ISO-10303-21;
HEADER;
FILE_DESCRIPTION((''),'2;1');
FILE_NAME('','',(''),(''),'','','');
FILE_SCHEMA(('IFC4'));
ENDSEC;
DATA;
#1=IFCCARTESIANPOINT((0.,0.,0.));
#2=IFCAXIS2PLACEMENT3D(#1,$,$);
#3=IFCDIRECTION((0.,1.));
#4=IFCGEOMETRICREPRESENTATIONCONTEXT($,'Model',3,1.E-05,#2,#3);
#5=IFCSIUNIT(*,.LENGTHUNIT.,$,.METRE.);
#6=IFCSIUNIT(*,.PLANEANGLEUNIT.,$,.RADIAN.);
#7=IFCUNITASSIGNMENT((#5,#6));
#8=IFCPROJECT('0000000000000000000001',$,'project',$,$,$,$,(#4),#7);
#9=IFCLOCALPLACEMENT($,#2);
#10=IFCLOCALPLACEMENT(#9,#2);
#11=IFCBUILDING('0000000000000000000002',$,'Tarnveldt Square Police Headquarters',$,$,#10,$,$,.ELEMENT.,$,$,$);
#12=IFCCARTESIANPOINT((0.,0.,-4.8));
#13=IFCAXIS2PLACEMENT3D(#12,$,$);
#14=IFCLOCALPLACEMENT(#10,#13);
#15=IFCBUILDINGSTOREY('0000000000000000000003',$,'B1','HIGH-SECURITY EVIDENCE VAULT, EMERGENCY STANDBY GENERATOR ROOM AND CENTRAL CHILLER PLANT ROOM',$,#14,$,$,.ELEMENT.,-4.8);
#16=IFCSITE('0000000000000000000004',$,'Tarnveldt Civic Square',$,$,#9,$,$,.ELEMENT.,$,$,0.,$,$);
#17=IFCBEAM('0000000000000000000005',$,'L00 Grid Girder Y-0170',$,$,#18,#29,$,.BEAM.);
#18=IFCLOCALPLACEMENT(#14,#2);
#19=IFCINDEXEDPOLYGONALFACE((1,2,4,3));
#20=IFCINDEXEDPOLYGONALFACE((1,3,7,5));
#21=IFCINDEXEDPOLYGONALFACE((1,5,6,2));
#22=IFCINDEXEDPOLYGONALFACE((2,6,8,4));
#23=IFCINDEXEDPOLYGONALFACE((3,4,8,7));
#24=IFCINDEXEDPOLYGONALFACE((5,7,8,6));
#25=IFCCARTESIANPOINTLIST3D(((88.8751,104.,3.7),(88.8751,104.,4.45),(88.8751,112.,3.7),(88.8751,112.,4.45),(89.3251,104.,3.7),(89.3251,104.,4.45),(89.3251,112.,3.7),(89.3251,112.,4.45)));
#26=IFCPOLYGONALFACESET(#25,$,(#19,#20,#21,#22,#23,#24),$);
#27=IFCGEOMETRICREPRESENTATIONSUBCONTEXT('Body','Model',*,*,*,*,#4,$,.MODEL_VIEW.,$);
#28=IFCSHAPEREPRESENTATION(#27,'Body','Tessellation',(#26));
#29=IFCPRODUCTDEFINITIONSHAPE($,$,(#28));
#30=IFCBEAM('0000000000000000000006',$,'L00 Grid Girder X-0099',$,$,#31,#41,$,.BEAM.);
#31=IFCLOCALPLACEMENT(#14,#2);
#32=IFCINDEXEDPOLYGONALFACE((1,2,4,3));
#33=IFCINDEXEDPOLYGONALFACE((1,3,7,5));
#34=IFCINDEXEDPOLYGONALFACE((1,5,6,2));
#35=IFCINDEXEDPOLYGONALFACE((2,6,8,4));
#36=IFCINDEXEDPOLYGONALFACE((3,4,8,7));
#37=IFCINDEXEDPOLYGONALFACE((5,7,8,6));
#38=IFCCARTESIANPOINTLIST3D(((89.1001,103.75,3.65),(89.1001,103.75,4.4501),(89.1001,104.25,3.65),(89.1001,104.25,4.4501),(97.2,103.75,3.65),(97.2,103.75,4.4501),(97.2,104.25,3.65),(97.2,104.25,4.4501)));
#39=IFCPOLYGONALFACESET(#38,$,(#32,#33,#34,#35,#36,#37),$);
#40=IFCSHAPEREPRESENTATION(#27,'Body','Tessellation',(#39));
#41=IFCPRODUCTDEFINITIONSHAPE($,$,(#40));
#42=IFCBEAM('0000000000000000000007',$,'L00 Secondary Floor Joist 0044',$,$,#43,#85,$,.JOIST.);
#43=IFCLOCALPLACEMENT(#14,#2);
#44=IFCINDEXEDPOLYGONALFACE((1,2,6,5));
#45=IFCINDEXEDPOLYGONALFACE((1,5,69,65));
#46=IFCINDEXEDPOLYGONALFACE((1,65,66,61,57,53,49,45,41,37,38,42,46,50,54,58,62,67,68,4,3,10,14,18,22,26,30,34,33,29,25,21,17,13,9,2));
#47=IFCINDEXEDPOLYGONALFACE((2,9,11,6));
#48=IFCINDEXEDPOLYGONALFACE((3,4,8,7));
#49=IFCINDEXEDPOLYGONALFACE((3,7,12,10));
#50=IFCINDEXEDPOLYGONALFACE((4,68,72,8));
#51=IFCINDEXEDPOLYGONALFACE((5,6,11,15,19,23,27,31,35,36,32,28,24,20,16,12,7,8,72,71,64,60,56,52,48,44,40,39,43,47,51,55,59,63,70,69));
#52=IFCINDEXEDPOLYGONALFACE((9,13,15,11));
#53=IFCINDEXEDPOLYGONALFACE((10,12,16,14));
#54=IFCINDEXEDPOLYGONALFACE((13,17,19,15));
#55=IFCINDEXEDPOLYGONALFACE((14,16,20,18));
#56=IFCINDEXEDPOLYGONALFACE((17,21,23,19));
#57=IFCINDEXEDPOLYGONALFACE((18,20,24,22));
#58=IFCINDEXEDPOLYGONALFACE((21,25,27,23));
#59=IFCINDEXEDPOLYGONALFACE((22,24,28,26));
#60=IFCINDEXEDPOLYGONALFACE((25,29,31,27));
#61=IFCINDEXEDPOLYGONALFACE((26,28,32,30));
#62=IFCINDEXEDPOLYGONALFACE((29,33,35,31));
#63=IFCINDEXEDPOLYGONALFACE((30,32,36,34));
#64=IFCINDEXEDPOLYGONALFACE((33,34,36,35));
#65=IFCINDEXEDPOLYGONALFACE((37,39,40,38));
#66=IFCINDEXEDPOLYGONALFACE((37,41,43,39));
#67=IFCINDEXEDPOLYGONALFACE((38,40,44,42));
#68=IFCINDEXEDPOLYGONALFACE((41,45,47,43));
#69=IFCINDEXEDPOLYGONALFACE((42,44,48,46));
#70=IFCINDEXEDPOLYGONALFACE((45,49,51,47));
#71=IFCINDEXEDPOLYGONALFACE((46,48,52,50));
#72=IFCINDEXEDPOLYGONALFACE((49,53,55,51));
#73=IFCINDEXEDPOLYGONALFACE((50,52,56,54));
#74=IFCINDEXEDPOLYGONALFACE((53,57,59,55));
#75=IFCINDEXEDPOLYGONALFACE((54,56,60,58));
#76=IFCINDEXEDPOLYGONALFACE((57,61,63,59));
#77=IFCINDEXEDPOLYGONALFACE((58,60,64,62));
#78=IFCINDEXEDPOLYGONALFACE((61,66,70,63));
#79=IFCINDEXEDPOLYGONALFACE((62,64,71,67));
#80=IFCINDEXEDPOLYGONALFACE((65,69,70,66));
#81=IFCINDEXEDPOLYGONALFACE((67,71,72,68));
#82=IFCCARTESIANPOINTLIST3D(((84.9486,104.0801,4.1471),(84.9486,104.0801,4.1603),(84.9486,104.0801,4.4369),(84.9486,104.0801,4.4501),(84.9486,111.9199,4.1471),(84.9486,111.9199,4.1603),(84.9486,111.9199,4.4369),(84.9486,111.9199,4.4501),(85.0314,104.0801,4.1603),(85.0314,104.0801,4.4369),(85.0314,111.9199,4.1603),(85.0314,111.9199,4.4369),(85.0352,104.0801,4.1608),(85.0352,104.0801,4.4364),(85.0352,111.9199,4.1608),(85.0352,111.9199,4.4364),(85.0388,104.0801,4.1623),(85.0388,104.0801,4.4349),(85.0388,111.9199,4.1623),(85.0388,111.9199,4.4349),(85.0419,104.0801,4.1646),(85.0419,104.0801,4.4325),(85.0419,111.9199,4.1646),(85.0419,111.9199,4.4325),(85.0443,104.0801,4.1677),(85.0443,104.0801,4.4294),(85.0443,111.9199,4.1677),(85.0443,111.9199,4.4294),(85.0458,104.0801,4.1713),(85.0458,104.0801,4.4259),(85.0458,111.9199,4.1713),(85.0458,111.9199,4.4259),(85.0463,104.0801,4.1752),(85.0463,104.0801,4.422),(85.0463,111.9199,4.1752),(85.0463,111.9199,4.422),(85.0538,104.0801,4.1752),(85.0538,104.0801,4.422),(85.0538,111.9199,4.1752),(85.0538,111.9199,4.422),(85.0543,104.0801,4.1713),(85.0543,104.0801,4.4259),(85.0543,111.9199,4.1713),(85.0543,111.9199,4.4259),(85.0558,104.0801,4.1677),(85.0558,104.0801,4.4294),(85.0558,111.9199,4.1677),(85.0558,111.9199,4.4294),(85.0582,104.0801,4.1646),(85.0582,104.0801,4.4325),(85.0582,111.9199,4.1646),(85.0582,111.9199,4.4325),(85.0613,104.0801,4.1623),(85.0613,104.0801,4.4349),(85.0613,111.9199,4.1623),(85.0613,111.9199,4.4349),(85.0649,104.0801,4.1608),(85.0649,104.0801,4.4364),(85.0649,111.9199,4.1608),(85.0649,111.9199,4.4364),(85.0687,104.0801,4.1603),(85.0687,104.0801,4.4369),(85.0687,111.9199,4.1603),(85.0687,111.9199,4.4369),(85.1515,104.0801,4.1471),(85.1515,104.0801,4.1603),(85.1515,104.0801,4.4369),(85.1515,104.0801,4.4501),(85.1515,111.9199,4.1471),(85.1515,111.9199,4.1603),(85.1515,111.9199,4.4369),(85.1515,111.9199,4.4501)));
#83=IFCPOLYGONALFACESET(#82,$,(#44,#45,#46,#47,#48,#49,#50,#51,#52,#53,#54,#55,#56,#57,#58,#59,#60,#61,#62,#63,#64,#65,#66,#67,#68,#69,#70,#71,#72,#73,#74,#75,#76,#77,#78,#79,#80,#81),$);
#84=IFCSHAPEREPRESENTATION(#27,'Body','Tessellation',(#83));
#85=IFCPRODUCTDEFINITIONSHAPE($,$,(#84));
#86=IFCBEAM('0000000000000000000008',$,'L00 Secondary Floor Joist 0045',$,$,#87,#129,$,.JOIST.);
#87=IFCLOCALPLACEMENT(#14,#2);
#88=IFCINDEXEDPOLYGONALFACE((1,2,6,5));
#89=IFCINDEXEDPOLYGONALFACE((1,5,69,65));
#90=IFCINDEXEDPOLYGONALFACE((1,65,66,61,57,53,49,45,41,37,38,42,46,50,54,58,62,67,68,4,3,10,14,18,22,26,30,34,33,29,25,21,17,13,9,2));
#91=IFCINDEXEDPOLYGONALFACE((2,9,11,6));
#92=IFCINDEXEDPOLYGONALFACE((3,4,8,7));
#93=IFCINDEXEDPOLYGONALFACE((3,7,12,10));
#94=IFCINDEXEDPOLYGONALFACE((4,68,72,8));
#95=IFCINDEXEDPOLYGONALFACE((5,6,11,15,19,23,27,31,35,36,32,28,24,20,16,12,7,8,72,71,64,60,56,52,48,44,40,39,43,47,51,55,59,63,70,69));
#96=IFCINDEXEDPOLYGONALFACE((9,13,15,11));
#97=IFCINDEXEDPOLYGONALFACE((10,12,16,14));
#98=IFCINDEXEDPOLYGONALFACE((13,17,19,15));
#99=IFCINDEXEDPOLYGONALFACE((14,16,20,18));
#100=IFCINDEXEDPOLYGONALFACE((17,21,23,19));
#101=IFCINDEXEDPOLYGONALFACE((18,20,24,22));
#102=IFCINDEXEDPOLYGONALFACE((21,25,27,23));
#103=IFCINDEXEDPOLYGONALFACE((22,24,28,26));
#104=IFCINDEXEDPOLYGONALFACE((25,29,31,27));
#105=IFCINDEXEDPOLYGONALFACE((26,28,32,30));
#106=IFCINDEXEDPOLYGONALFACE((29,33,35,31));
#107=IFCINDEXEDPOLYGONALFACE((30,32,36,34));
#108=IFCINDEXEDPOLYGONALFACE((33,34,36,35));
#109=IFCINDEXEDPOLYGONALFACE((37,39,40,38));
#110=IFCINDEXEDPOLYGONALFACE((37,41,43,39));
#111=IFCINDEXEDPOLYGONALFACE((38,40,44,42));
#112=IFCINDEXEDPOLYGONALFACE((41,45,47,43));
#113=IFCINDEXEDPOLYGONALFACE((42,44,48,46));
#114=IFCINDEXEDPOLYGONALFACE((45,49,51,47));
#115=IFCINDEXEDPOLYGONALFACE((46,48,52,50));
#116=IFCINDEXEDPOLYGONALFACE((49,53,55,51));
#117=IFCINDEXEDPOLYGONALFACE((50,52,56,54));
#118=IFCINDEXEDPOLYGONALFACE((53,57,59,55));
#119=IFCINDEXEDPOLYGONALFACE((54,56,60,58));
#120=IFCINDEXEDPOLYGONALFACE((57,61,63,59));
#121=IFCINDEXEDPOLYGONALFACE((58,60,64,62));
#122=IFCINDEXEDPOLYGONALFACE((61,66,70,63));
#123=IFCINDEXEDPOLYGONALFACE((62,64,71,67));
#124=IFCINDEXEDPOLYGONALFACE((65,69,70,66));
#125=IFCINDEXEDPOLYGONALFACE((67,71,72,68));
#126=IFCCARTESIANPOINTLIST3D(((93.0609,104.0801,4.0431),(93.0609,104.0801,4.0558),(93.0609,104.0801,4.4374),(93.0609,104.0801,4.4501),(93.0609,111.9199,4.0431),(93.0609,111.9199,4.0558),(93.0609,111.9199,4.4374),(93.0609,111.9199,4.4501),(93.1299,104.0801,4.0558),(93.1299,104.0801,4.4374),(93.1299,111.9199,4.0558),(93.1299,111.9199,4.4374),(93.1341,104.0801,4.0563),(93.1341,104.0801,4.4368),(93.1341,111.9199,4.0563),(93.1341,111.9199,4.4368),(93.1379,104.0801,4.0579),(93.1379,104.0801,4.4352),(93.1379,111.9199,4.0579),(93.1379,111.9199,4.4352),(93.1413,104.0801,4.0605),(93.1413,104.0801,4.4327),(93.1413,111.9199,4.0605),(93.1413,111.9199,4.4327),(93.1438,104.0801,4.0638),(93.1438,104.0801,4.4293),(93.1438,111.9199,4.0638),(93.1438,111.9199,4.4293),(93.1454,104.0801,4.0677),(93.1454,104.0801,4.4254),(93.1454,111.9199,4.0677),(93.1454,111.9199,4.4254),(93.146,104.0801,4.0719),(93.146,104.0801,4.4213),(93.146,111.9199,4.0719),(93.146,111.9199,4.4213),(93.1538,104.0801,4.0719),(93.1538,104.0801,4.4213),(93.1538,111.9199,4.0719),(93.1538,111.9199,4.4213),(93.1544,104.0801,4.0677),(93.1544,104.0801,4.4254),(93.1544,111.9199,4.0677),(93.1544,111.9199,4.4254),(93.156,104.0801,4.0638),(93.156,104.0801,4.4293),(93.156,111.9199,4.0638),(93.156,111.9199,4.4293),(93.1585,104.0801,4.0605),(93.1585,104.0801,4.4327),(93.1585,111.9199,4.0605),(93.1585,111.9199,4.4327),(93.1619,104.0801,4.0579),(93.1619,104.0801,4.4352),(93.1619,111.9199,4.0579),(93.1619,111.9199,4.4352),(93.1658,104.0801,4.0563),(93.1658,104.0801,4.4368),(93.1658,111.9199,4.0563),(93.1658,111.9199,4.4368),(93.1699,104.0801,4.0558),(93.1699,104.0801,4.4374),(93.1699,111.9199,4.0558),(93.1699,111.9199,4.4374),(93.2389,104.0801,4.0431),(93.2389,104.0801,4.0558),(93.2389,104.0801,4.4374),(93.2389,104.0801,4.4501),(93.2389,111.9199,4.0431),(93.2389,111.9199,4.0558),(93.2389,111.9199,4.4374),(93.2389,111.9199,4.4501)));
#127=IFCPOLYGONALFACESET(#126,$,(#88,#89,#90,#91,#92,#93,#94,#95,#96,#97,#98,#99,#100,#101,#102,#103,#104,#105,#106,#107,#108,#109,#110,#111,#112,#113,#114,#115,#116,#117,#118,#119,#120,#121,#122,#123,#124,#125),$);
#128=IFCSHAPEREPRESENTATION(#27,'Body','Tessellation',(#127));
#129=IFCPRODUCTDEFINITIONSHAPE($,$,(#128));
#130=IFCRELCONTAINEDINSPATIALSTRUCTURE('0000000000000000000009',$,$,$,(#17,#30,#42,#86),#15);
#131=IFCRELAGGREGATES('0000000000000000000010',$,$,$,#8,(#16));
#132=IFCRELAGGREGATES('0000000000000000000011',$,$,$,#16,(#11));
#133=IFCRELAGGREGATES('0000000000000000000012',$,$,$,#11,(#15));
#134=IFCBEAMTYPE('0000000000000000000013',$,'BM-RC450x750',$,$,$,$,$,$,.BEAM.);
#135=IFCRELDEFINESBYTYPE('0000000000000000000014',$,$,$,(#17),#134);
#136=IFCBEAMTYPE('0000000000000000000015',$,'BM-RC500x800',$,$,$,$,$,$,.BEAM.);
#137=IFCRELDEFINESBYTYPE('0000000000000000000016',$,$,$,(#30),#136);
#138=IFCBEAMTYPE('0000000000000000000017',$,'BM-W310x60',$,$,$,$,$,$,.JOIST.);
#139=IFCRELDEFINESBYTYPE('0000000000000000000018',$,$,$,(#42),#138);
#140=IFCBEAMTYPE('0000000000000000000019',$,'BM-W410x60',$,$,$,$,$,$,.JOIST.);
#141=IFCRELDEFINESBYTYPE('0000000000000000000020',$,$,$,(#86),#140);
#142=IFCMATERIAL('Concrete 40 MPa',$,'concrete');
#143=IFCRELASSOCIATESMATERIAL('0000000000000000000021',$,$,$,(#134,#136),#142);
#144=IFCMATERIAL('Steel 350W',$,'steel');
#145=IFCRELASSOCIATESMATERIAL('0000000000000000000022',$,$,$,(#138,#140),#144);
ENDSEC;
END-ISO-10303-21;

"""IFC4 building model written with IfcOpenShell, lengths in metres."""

from ifc_helpers import new_model, si_unit, direction, frame, origin, origin_2d, place, context, subcontext, project, spatial, rectangle, i_section, extrude, material, material_profile, profile_set, type_object, element, save


model = new_model("IFC4")

# Units and contexts
model_context = context("Model", 3, precision=1e-05, world=origin(), true_north=direction((0.0, 1.0)))
body_context = subcontext(model_context, "Body", "Model", "MODEL_VIEW")
ifc_project = project(units=[si_unit("LENGTHUNIT", "METRE"), si_unit("PLANEANGLEUNIT", "RADIAN")], contexts=[model_context])

# Site, building, storey
site_placement = place(None, origin())
site = spatial("IfcSite", under=ifc_project, at=site_placement, Name="Tarnveldt Civic Square", CompositionType="ELEMENT", RefElevation=0.0)
building_placement = place(site_placement, origin())
building = spatial("IfcBuilding", under=site, at=building_placement, Name="Tarnveldt Square Police Headquarters", CompositionType="ELEMENT")
storey_placement = place(building_placement, frame((0.0, 0.0, -4.8)))
storey = spatial("IfcBuildingStorey", under=building, at=storey_placement, Name="B1", Description="HIGH-SECURITY EVIDENCE VAULT, EMERGENCY STANDBY GENERATOR ROOM AND CENTRAL CHILLER PLANT ROOM", CompositionType="ELEMENT", Elevation=-4.8)

# Beams
ifc_material_1 = material(Name="Concrete 40 MPa", Category="concrete")
ifc_material_profile_1 = material_profile(ifc_material_1, rectangle(XDim=0.45, YDim=0.75, at=origin_2d()), Name="RC-B450x750")
ifc_profile_set_1 = profile_set([ifc_material_profile_1], Name="Concrete 40 MPa")
beam_type_1 = type_object("IfcBeamType", Name="BM-RC450x750", PredefinedType="BEAM", material=ifc_profile_set_1)
for number, where, z_axis, x_axis, name in (
    (1, (89.1001, 104.0, 4.075), (0.0, 1.0, 0.0), (-1.0, 0.0, 0.0), "L00 Grid Girder Y-0170"),
):
    element("IfcBeam", number, at=place(storey_placement, frame(where, z_axis=z_axis, x_axis=x_axis)), inside=storey, type_object=beam_type_1, Name=name, PredefinedType="BEAM", context=body_context, shape_type="SweptSolid", body=[
        extrude(rectangle(XDim=0.45, YDim=0.75, at=origin_2d()), origin(), (0.0, 0.0, 1.0), 8.0),
    ])
ifc_material_profile_2 = material_profile(ifc_material_1, rectangle(XDim=0.5, YDim=0.8, at=origin_2d()), Name="RC-B500x800")
ifc_profile_set_2 = profile_set([ifc_material_profile_2], Name="Concrete 40 MPa")
beam_type_2 = type_object("IfcBeamType", Name="BM-RC500x800", PredefinedType="BEAM", material=ifc_profile_set_2)
beam_1_placement = place(storey_placement, frame((89.1001, 104.0, 4.05), z_axis=(1.0, 0.0, 0.0), x_axis=(0.0, 1.0, 0.0)))
element("IfcBeam", 2, at=beam_1_placement, inside=storey, type_object=beam_type_2, Name="L00 Grid Girder X-0099", PredefinedType="BEAM", context=body_context, shape_type="SweptSolid", body=[
    extrude(rectangle(XDim=0.5, YDim=0.8, at=origin_2d()), origin(), (0.0, 0.0, 1.0), 8.0999),
])
ifc_material_2 = material(Name="Steel 350W", Category="steel")
ifc_material_profile_3 = material_profile(ifc_material_2, i_section(OverallWidth=0.2029, OverallDepth=0.303, WebThickness=0.0076, FlangeThickness=0.0132, FilletRadius=0.0149, at=origin_2d()), Name="W310x60")
ifc_profile_set_3 = profile_set([ifc_material_profile_3], Name="Steel 350W")
beam_type_3 = type_object("IfcBeamType", Name="BM-W310x60", PredefinedType="JOIST", material=ifc_profile_set_3)
beam_2_placement = place(storey_placement, frame((85.05, 104.0801, 4.2986), z_axis=(0.0, 1.0, 0.0), x_axis=(-1.0, 0.0, 0.0)))
element("IfcBeam", 3, at=beam_2_placement, inside=storey, type_object=beam_type_3, Name="L00 Secondary Floor Joist 0044", PredefinedType="JOIST", context=body_context, shape_type="SweptSolid", body=[
    extrude(i_section(OverallWidth=0.2029, OverallDepth=0.303, WebThickness=0.0076, FlangeThickness=0.0132, FilletRadius=0.0149, at=origin_2d()), origin(), (0.0, 0.0, 1.0), 7.8398),
])
ifc_material_profile_4 = material_profile(ifc_material_2, i_section(OverallWidth=0.178, OverallDepth=0.407, WebThickness=0.0078, FlangeThickness=0.0127, FilletRadius=0.0161, at=origin_2d()), Name="W410x60")
ifc_profile_set_4 = profile_set([ifc_material_profile_4], Name="Steel 350W")
beam_type_4 = type_object("IfcBeamType", Name="BM-W410x60", PredefinedType="JOIST", material=ifc_profile_set_4)
beam_3_placement = place(storey_placement, frame((93.1499, 104.0801, 4.2466), z_axis=(0.0, 1.0, 0.0), x_axis=(-1.0, 0.0, 0.0)))
element("IfcBeam", 4, at=beam_3_placement, inside=storey, type_object=beam_type_4, Name="L00 Secondary Floor Joist 0045", PredefinedType="JOIST", context=body_context, shape_type="SweptSolid", body=[
    extrude(i_section(OverallWidth=0.178, OverallDepth=0.407, WebThickness=0.0078, FlangeThickness=0.0127, FilletRadius=0.0161, at=origin_2d()), origin(), (0.0, 0.0, 1.0), 7.8398),
])

save(model, "model.ifc")
